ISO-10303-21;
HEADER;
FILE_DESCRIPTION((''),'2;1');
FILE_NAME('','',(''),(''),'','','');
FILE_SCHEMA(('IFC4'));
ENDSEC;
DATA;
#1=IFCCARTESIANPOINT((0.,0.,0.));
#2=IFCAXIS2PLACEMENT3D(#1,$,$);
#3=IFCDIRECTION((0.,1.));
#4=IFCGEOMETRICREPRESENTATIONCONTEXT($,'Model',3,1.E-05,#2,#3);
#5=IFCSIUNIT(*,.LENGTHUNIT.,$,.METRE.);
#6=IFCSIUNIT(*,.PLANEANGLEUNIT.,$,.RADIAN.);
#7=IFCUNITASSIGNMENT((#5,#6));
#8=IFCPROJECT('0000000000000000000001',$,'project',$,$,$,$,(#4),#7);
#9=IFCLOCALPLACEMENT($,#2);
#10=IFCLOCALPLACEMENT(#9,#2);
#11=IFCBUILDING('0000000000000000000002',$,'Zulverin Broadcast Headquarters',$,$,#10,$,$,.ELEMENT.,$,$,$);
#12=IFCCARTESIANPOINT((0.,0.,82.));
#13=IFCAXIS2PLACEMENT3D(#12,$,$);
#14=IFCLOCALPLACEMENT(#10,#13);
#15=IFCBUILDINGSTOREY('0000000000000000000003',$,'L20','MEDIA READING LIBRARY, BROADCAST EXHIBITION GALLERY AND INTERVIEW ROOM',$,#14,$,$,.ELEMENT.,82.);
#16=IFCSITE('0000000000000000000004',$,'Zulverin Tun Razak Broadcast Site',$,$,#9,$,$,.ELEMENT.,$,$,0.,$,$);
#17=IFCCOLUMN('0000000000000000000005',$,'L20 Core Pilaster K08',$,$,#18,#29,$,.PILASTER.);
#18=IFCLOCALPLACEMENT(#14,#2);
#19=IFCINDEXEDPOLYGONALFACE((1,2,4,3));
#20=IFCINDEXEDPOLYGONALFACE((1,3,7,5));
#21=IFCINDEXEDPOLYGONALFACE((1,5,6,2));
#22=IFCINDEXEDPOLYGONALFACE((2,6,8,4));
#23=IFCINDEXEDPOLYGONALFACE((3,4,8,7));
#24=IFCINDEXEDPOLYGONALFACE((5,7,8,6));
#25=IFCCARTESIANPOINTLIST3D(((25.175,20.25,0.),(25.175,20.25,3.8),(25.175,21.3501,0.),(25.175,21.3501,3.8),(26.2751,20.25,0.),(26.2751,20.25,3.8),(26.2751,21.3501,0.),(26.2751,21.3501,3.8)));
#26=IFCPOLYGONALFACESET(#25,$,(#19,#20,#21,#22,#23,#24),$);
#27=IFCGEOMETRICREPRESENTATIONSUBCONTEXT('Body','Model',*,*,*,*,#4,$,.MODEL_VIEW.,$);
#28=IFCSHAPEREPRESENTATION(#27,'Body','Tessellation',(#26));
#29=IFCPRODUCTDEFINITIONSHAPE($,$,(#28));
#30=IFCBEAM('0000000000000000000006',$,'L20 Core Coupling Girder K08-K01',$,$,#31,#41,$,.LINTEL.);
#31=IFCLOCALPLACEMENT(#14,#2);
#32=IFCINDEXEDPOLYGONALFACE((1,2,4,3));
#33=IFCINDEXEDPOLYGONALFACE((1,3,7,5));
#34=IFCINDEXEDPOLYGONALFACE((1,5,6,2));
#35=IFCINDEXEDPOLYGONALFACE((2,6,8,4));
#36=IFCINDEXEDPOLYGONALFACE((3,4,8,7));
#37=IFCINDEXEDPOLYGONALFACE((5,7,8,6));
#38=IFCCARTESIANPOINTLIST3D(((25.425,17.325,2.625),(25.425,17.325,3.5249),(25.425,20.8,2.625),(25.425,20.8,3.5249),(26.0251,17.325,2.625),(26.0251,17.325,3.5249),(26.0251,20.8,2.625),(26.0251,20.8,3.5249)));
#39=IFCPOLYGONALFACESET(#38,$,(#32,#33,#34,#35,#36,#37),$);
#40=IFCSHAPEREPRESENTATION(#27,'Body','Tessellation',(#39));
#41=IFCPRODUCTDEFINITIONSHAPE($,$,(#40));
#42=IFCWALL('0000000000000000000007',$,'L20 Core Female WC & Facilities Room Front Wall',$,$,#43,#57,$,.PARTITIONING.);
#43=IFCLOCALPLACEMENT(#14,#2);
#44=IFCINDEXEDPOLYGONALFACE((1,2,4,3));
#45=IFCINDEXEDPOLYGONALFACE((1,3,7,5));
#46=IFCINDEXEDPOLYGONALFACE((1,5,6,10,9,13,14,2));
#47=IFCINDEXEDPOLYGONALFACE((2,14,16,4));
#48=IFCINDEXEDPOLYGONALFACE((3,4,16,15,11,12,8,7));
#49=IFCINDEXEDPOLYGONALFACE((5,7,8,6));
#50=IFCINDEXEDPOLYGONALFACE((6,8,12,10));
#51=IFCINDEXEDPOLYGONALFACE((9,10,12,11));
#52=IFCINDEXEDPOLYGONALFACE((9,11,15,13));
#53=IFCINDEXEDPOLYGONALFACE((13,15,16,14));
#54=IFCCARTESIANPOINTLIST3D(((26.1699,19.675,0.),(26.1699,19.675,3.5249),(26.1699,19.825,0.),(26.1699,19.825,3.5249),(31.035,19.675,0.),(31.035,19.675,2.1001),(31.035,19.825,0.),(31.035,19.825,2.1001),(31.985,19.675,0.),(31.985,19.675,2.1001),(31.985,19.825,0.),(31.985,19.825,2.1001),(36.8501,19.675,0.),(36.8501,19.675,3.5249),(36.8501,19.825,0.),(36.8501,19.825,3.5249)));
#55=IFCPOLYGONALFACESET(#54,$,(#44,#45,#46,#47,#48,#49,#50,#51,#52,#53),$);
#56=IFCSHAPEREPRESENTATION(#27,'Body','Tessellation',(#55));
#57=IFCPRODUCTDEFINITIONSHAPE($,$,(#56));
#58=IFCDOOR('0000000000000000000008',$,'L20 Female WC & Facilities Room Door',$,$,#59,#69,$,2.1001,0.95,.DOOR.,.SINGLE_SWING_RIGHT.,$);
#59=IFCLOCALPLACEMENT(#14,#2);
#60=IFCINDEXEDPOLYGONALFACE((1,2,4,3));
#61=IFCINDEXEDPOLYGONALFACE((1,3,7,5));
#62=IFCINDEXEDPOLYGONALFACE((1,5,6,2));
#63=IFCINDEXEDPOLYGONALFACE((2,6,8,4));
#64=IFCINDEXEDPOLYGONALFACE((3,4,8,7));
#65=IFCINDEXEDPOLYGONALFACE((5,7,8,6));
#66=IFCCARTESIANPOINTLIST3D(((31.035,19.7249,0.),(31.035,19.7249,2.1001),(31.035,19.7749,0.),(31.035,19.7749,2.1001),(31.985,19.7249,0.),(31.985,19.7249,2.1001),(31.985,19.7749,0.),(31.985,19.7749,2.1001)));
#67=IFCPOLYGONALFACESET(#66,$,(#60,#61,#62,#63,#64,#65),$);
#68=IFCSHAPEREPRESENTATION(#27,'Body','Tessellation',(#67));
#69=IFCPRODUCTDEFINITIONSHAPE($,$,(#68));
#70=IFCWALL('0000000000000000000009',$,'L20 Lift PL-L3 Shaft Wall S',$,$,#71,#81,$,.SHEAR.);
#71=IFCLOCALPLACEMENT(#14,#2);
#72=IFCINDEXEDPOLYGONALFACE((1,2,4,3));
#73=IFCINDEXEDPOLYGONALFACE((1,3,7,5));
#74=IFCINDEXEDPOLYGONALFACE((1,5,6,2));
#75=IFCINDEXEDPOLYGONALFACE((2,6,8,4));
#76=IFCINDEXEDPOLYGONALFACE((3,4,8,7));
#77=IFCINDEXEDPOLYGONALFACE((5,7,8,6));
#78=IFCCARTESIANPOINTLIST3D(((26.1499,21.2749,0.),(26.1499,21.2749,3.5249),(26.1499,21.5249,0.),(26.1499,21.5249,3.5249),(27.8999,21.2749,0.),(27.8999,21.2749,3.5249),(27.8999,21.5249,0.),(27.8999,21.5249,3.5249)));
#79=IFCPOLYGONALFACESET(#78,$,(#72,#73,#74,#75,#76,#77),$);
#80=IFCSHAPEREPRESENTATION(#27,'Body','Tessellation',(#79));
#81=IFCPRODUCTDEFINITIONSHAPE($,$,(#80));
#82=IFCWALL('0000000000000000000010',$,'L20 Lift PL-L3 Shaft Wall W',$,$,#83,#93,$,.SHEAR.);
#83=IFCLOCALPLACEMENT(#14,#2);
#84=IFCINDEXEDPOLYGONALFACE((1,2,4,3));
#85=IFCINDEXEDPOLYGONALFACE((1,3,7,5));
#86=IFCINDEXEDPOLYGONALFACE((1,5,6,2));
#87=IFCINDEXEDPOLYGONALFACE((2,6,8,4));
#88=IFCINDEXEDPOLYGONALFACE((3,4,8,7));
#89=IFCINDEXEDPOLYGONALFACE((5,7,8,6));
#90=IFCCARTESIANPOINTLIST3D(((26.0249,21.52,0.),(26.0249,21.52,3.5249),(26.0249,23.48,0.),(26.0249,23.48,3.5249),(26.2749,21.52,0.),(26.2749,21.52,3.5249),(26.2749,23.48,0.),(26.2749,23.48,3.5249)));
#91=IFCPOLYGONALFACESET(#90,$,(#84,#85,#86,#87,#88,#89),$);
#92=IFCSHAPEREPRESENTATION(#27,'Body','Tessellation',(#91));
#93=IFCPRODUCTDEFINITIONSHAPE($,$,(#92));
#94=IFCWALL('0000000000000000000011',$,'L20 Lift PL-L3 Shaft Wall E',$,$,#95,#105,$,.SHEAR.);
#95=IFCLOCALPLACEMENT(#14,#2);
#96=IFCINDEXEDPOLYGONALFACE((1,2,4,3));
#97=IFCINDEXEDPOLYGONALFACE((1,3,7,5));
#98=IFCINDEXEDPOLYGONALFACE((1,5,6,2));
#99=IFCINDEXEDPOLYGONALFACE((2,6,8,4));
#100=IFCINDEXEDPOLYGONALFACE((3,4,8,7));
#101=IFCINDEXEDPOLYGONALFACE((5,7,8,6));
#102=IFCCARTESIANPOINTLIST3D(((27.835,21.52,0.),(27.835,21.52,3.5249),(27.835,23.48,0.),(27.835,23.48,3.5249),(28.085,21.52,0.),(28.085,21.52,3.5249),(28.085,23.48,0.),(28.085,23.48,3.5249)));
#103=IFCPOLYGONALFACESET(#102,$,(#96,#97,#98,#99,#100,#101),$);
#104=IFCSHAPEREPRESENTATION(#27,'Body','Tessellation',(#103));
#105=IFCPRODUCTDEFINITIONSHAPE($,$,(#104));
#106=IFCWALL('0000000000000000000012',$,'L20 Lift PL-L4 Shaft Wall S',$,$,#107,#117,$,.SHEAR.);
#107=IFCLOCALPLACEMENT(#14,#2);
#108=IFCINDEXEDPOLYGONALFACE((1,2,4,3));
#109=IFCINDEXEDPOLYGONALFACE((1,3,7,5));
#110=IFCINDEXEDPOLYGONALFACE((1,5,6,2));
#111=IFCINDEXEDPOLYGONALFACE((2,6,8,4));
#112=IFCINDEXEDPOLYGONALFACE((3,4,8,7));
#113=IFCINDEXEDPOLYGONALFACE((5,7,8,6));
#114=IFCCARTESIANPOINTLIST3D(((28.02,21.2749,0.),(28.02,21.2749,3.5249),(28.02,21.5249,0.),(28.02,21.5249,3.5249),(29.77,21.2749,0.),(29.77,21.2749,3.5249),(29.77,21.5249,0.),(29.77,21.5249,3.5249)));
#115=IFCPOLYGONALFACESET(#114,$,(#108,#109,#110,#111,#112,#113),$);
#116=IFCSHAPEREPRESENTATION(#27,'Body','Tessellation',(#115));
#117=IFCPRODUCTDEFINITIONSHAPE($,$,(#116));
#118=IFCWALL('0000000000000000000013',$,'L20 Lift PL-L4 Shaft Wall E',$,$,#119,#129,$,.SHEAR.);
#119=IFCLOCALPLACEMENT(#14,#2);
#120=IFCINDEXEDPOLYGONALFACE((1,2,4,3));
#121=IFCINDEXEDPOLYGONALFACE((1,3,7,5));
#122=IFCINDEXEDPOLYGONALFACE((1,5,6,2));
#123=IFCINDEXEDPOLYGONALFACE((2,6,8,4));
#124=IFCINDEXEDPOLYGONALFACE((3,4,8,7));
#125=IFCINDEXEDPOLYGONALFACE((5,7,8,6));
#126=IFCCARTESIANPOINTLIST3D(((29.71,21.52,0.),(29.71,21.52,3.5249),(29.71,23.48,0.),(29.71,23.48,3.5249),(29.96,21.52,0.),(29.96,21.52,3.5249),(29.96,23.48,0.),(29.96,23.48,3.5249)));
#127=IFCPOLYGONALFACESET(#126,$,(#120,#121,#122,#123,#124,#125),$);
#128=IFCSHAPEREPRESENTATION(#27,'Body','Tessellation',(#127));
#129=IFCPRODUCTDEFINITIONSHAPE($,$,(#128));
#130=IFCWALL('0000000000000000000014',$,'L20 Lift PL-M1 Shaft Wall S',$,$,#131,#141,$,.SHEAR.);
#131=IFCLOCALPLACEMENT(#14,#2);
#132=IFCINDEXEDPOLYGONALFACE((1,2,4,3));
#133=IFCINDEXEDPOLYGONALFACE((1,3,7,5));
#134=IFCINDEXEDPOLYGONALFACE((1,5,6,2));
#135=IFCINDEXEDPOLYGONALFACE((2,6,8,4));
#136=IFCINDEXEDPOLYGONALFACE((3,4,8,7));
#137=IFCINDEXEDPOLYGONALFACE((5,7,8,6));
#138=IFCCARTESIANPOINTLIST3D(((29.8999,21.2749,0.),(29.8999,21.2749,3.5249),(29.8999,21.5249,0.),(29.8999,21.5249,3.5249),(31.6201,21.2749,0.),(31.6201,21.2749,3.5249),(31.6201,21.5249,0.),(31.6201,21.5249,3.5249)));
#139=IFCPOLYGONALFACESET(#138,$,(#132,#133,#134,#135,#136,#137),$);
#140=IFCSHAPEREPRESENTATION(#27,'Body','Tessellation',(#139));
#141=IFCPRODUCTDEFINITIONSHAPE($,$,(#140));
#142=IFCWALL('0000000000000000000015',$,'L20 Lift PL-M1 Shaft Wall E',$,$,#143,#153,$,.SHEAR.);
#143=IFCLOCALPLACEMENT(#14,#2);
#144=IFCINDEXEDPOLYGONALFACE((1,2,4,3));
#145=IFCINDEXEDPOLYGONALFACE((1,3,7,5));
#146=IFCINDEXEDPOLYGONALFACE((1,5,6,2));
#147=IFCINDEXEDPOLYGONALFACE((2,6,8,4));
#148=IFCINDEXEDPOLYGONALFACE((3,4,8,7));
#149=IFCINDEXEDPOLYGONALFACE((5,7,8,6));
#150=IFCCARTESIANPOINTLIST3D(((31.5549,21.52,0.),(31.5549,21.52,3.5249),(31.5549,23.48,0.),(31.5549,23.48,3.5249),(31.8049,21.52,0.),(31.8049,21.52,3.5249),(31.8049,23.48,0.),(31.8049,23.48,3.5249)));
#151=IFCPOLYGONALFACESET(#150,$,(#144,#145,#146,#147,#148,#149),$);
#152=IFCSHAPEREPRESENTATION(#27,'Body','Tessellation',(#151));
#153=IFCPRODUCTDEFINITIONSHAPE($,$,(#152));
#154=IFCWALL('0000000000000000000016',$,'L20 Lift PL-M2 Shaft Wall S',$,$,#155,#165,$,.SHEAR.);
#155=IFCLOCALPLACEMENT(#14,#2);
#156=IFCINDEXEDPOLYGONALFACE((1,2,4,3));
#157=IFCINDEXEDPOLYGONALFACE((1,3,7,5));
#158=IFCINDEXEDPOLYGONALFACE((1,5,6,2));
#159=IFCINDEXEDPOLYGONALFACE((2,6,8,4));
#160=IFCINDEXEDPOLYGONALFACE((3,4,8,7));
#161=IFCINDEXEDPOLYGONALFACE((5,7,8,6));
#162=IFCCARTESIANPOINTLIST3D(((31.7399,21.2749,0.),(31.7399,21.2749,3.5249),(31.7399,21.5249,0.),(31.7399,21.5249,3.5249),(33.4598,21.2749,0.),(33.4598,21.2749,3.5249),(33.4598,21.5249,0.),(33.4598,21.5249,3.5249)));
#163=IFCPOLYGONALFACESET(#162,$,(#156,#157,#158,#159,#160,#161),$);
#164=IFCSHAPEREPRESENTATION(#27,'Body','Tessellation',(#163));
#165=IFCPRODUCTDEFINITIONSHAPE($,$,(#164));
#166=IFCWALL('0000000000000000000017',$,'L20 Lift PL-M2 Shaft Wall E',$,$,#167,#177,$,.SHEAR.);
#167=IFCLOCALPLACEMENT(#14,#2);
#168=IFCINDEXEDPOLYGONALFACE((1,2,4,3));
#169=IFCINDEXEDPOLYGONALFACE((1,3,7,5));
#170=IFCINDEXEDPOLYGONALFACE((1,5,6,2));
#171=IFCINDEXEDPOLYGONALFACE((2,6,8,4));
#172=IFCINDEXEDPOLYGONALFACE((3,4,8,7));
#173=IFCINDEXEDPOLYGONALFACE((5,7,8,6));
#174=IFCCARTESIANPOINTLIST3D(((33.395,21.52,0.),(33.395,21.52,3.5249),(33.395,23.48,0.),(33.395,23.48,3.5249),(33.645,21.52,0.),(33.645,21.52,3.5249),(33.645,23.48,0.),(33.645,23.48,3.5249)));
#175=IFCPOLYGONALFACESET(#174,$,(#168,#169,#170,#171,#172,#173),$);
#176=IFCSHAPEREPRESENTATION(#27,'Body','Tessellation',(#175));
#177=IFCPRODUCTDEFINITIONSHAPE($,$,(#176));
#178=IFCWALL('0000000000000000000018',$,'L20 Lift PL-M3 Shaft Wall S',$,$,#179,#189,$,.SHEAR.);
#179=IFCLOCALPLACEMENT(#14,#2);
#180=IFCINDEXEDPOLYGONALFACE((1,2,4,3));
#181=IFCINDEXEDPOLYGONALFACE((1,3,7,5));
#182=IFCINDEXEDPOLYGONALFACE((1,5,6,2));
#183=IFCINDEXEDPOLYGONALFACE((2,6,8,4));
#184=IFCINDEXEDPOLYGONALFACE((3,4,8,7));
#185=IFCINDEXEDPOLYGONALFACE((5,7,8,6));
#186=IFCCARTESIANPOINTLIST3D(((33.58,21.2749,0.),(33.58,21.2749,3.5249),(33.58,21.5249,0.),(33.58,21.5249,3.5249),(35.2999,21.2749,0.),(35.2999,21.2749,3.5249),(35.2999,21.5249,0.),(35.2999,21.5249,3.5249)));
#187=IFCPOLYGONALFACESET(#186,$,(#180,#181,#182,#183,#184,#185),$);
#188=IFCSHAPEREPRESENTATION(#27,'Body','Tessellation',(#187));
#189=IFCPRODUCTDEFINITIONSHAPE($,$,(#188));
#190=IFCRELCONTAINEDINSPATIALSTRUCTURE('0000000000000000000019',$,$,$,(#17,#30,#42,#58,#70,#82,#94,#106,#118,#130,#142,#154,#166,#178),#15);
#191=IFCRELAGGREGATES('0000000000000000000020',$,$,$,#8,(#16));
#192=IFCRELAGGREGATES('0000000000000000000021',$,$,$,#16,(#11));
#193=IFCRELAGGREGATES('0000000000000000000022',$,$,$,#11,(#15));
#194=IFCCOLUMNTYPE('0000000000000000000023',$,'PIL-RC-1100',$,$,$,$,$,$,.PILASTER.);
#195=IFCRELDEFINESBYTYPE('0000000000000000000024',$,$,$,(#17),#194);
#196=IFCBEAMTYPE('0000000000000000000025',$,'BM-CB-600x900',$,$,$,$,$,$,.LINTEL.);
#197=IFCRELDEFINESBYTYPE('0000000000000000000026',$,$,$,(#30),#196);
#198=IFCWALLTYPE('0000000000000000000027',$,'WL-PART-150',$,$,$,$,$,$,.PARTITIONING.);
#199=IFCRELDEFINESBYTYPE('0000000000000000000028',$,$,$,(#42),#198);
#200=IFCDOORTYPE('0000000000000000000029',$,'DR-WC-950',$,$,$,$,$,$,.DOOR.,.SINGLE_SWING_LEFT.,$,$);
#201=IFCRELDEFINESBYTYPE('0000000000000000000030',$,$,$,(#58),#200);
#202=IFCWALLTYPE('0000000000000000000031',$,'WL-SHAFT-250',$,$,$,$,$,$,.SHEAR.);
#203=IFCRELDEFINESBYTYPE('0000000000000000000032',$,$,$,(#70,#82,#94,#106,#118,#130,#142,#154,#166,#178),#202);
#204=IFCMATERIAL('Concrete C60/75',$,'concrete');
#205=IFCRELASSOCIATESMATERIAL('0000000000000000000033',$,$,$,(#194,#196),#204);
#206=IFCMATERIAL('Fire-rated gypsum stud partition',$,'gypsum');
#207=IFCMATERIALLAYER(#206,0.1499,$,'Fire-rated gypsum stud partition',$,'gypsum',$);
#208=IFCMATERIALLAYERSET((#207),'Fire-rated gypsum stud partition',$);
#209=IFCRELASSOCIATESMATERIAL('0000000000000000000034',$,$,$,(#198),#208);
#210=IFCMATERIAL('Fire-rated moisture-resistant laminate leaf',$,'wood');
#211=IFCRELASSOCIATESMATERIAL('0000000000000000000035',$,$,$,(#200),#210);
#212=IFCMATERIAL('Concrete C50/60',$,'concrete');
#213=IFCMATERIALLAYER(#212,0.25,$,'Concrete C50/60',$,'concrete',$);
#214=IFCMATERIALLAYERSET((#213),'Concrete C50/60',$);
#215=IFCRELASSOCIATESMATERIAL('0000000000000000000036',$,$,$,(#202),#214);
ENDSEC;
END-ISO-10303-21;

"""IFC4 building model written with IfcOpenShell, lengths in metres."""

from ifc_helpers import new_model, si_unit, direction, frame, frame_2d, origin, origin_2d, place, context, subcontext, project, spatial, rectangle, extrude, material, layer, layer_set, material_profile, profile_set, type_object, element, fill, save


model = new_model("IFC4")

# Units and contexts
model_context = context("Model", 3, precision=1e-05, world=origin(), true_north=direction((0.0, 1.0)))
body_context = subcontext(model_context, "Body", "Model", "MODEL_VIEW")
ifc_project = project(units=[si_unit("LENGTHUNIT", "METRE"), si_unit("PLANEANGLEUNIT", "RADIAN")], contexts=[model_context])

# Site, building, storey
site_placement = place(None, origin())
site = spatial("IfcSite", under=ifc_project, at=site_placement, Name="Zulverin Tun Razak Broadcast Site", CompositionType="ELEMENT", RefElevation=0.0)
building_placement = place(site_placement, origin())
building = spatial("IfcBuilding", under=site, at=building_placement, Name="Zulverin Broadcast Headquarters", CompositionType="ELEMENT")
storey_placement = place(building_placement, frame((0.0, 0.0, 82.0)))
storey = spatial("IfcBuildingStorey", under=building, at=storey_placement, Name="L20", Description="MEDIA READING LIBRARY, BROADCAST EXHIBITION GALLERY AND INTERVIEW ROOM", CompositionType="ELEMENT", Elevation=82.0)

# Column
ifc_material_1 = material(Name="Concrete C60/75", Category="concrete")
ifc_material_profile_1 = material_profile(ifc_material_1, rectangle(XDim=1.1001, YDim=1.1001, at=origin_2d()), Name="Concrete C60/75", Category="concrete")
ifc_profile_set_1 = profile_set([ifc_material_profile_1], Name="Concrete C60/75")
column_type = type_object("IfcColumnType", Name="PIL-RC-1100", PredefinedType="PILASTER", material=ifc_profile_set_1)
column_placement = place(storey_placement, frame((25.7251, 20.8, 0.0), z_axis=(0.0, 0.0, 1.0), x_axis=(1.0, 0.0, 0.0)))
element("IfcColumn", 1, at=column_placement, inside=storey, type_object=column_type, Name="L20 Core Pilaster K08", PredefinedType="PILASTER", context=body_context, shape_type="SweptSolid", body=[
    extrude(rectangle(XDim=1.1001, YDim=1.1001, at=origin_2d()), origin(), (0.0, 0.0, 1.0), 3.8),
])

# Beam
ifc_material_profile_2 = material_profile(ifc_material_1, rectangle(XDim=0.6001, YDim=0.8999, at=origin_2d()), Name="Concrete C60/75", Category="concrete")
ifc_profile_set_2 = profile_set([ifc_material_profile_2], Name="Concrete C60/75")
beam_type = type_object("IfcBeamType", Name="BM-CB-600x900", PredefinedType="LINTEL", material=ifc_profile_set_2)
beam_placement = place(storey_placement, frame((25.7251, 20.8, 3.075), z_axis=(0.0, -1.0, 0.0), x_axis=(1.0, 0.0, 0.0)))
element("IfcBeam", 2, at=beam_placement, inside=storey, type_object=beam_type, Name="L20 Core Coupling Girder K08-K01", PredefinedType="LINTEL", context=body_context, shape_type="SweptSolid", body=[
    extrude(rectangle(XDim=0.6001, YDim=0.8999, at=origin_2d()), origin(), (0.0, 0.0, 1.0), 3.4751),
])

# Wall, opening, door
ifc_material_2 = material(Name="Fire-rated gypsum stud partition", Category="gypsum")
ifc_layer_1 = layer(ifc_material_2, 0.1499, Name="Fire-rated gypsum stud partition", Category="gypsum")
ifc_layer_set_1 = layer_set([ifc_layer_1], Name="Fire-rated gypsum stud partition")
wall_type_1 = type_object("IfcWallType", Name="WL-PART-150", PredefinedType="PARTITIONING", material=ifc_layer_set_1)
wall_1_placement = place(storey_placement, frame((26.1699, 19.75, 0.0), z_axis=(0.0, 0.0, 1.0), x_axis=(1.0, 0.0, 0.0)))
wall_1 = element("IfcWall", 3, at=wall_1_placement, inside=storey, type_object=wall_type_1, Name="L20 Core Female WC & Facilities Room Front Wall", PredefinedType="PARTITIONING", context=body_context, shape_type="SweptSolid", body=[
    extrude(rectangle(XDim=10.6802, YDim=0.1499, at=frame_2d((5.3401, 0.0))), origin(), (0.0, 0.0, 1.0), 3.5249),
])
opening_1_placement = place(wall_1_placement, frame((4.865, 0.0, 0.0)))
opening_1 = element("IfcOpeningElement", 4, at=opening_1_placement, cuts=wall_1, PredefinedType="OPENING", context=body_context, shape_type="SweptSolid", body=[
    extrude(rectangle(XDim=0.95, YDim=2.1001, at=frame_2d((0.4751, 1.05))), frame((0.0, 0.085, 0.0), z_axis=(0.0, -1.0, 0.0), x_axis=(1.0, 0.0, 0.0)), (0.0, 0.0, 1.0), 0.1699),
])
ifc_material_3 = material(Name="Fire-rated moisture-resistant laminate leaf", Category="wood")
door_type_1 = type_object("IfcDoorType", Name="DR-WC-950", OperationType="SINGLE_SWING_LEFT", PredefinedType="DOOR", material=ifc_material_3)
door_1_placement = place(opening_1_placement, origin())
door_1 = element("IfcDoor", 5, at=door_1_placement, inside=storey, type_object=door_type_1, Name="L20 Female WC & Facilities Room Door", OperationType="SINGLE_SWING_RIGHT", OverallHeight=2.1001, OverallWidth=0.95, PredefinedType="DOOR", context=body_context, shape_type="SweptSolid", body=[
    extrude(rectangle(XDim=0.95, YDim=2.1001, at=frame_2d((0.4751, 1.05))), frame((0.0, 0.0249, 0.0), z_axis=(0.0, -1.0, 0.0), x_axis=(1.0, 0.0, 0.0)), (0.0, 0.0, 1.0), 0.05),
])
fill(opening_1, door_1)

# Wall
ifc_material_4 = material(Name="Concrete C50/60", Category="concrete")
ifc_layer_2 = layer(ifc_material_4, 0.25, Name="Concrete C50/60", Category="concrete")
ifc_layer_set_2 = layer_set([ifc_layer_2], Name="Concrete C50/60")
wall_type_2 = type_object("IfcWallType", Name="WL-SHAFT-250", PredefinedType="SHEAR", material=ifc_layer_set_2)
wall_2_placement = place(storey_placement, frame((26.1499, 21.3999, 0.0), z_axis=(0.0, 0.0, 1.0), x_axis=(1.0, 0.0, 0.0)))
element("IfcWall", 6, at=wall_2_placement, inside=storey, type_object=wall_type_2, Name="L20 Lift PL-L3 Shaft Wall S", PredefinedType="SHEAR", context=body_context, shape_type="SweptSolid", body=[
    extrude(rectangle(XDim=1.75, YDim=0.25, at=frame_2d((0.875, 0.0))), origin(), (0.0, 0.0, 1.0), 3.5249),
])

# Walls
for number, where, z_axis, x_axis, name in (
    (7, (26.1499, 21.52, 0.0), (0.0, 0.0, 1.0), (0.0, 1.0, 0.0), "L20 Lift PL-L3 Shaft Wall W"),
    (8, (27.96, 21.52, 0.0), (0.0, 0.0, 1.0), (0.0, 1.0, 0.0), "L20 Lift PL-L3 Shaft Wall E"),
):
    element("IfcWall", number, at=place(storey_placement, frame(where, z_axis=z_axis, x_axis=x_axis)), inside=storey, type_object=wall_type_2, Name=name, PredefinedType="SHEAR", context=body_context, shape_type="SweptSolid", body=[
        extrude(rectangle(XDim=1.96, YDim=0.25, at=frame_2d((0.98, 0.0))), origin(), (0.0, 0.0, 1.0), 3.5249),
    ])
wall_3_placement = place(storey_placement, frame((28.02, 21.3999, 0.0), z_axis=(0.0, 0.0, 1.0), x_axis=(1.0, 0.0, 0.0)))
element("IfcWall", 9, at=wall_3_placement, inside=storey, type_object=wall_type_2, Name="L20 Lift PL-L4 Shaft Wall S", PredefinedType="SHEAR", context=body_context, shape_type="SweptSolid", body=[
    extrude(rectangle(XDim=1.75, YDim=0.25, at=frame_2d((0.875, 0.0))), origin(), (0.0, 0.0, 1.0), 3.5249),
])

# Walls
wall_4_placement = place(storey_placement, frame((29.835, 21.52, 0.0), z_axis=(0.0, 0.0, 1.0), x_axis=(0.0, 1.0, 0.0)))
element("IfcWall", 10, at=wall_4_placement, inside=storey, type_object=wall_type_2, Name="L20 Lift PL-L4 Shaft Wall E", PredefinedType="SHEAR", context=body_context, shape_type="SweptSolid", body=[
    extrude(rectangle(XDim=1.96, YDim=0.25, at=frame_2d((0.98, 0.0))), origin(), (0.0, 0.0, 1.0), 3.5249),
])
wall_5_placement = place(storey_placement, frame((29.8999, 21.3999, 0.0), z_axis=(0.0, 0.0, 1.0), x_axis=(1.0, 0.0, 0.0)))
element("IfcWall", 11, at=wall_5_placement, inside=storey, type_object=wall_type_2, Name="L20 Lift PL-M1 Shaft Wall S", PredefinedType="SHEAR", context=body_context, shape_type="SweptSolid", body=[
    extrude(rectangle(XDim=1.7202, YDim=0.25, at=frame_2d((0.8601, 0.0))), origin(), (0.0, 0.0, 1.0), 3.5249),
])
wall_6_placement = place(storey_placement, frame((31.6799, 21.52, 0.0), z_axis=(0.0, 0.0, 1.0), x_axis=(0.0, 1.0, 0.0)))
element("IfcWall", 12, at=wall_6_placement, inside=storey, type_object=wall_type_2, Name="L20 Lift PL-M1 Shaft Wall E", PredefinedType="SHEAR", context=body_context, shape_type="SweptSolid", body=[
    extrude(rectangle(XDim=1.96, YDim=0.25, at=frame_2d((0.98, 0.0))), origin(), (0.0, 0.0, 1.0), 3.5249),
])
wall_7_placement = place(storey_placement, frame((31.74, 21.3999, 0.0), z_axis=(0.0, 0.0, 1.0), x_axis=(1.0, 0.0, 0.0)))
element("IfcWall", 13, at=wall_7_placement, inside=storey, type_object=wall_type_2, Name="L20 Lift PL-M2 Shaft Wall S", PredefinedType="SHEAR", context=body_context, shape_type="SweptSolid", body=[
    extrude(rectangle(XDim=1.72, YDim=0.25, at=frame_2d((0.8599, 0.0))), origin(), (0.0, 0.0, 1.0), 3.5249),
])
wall_8_placement = place(storey_placement, frame((33.52, 21.52, 0.0), z_axis=(0.0, 0.0, 1.0), x_axis=(0.0, 1.0, 0.0)))
element("IfcWall", 14, at=wall_8_placement, inside=storey, type_object=wall_type_2, Name="L20 Lift PL-M2 Shaft Wall E", PredefinedType="SHEAR", context=body_context, shape_type="SweptSolid", body=[
    extrude(rectangle(XDim=1.96, YDim=0.25, at=frame_2d((0.98, 0.0))), origin(), (0.0, 0.0, 1.0), 3.5249),
])
wall_9_placement = place(storey_placement, frame((33.5801, 21.3999, 0.0), z_axis=(0.0, 0.0, 1.0), x_axis=(1.0, 0.0, 0.0)))
element("IfcWall", 15, at=wall_9_placement, inside=storey, type_object=wall_type_2, Name="L20 Lift PL-M3 Shaft Wall S", PredefinedType="SHEAR", context=body_context, shape_type="SweptSolid", body=[
    extrude(rectangle(XDim=1.72, YDim=0.25, at=frame_2d((0.8599, 0.0))), origin(), (0.0, 0.0, 1.0), 3.5249),
])

save(model, "model.ifc")
